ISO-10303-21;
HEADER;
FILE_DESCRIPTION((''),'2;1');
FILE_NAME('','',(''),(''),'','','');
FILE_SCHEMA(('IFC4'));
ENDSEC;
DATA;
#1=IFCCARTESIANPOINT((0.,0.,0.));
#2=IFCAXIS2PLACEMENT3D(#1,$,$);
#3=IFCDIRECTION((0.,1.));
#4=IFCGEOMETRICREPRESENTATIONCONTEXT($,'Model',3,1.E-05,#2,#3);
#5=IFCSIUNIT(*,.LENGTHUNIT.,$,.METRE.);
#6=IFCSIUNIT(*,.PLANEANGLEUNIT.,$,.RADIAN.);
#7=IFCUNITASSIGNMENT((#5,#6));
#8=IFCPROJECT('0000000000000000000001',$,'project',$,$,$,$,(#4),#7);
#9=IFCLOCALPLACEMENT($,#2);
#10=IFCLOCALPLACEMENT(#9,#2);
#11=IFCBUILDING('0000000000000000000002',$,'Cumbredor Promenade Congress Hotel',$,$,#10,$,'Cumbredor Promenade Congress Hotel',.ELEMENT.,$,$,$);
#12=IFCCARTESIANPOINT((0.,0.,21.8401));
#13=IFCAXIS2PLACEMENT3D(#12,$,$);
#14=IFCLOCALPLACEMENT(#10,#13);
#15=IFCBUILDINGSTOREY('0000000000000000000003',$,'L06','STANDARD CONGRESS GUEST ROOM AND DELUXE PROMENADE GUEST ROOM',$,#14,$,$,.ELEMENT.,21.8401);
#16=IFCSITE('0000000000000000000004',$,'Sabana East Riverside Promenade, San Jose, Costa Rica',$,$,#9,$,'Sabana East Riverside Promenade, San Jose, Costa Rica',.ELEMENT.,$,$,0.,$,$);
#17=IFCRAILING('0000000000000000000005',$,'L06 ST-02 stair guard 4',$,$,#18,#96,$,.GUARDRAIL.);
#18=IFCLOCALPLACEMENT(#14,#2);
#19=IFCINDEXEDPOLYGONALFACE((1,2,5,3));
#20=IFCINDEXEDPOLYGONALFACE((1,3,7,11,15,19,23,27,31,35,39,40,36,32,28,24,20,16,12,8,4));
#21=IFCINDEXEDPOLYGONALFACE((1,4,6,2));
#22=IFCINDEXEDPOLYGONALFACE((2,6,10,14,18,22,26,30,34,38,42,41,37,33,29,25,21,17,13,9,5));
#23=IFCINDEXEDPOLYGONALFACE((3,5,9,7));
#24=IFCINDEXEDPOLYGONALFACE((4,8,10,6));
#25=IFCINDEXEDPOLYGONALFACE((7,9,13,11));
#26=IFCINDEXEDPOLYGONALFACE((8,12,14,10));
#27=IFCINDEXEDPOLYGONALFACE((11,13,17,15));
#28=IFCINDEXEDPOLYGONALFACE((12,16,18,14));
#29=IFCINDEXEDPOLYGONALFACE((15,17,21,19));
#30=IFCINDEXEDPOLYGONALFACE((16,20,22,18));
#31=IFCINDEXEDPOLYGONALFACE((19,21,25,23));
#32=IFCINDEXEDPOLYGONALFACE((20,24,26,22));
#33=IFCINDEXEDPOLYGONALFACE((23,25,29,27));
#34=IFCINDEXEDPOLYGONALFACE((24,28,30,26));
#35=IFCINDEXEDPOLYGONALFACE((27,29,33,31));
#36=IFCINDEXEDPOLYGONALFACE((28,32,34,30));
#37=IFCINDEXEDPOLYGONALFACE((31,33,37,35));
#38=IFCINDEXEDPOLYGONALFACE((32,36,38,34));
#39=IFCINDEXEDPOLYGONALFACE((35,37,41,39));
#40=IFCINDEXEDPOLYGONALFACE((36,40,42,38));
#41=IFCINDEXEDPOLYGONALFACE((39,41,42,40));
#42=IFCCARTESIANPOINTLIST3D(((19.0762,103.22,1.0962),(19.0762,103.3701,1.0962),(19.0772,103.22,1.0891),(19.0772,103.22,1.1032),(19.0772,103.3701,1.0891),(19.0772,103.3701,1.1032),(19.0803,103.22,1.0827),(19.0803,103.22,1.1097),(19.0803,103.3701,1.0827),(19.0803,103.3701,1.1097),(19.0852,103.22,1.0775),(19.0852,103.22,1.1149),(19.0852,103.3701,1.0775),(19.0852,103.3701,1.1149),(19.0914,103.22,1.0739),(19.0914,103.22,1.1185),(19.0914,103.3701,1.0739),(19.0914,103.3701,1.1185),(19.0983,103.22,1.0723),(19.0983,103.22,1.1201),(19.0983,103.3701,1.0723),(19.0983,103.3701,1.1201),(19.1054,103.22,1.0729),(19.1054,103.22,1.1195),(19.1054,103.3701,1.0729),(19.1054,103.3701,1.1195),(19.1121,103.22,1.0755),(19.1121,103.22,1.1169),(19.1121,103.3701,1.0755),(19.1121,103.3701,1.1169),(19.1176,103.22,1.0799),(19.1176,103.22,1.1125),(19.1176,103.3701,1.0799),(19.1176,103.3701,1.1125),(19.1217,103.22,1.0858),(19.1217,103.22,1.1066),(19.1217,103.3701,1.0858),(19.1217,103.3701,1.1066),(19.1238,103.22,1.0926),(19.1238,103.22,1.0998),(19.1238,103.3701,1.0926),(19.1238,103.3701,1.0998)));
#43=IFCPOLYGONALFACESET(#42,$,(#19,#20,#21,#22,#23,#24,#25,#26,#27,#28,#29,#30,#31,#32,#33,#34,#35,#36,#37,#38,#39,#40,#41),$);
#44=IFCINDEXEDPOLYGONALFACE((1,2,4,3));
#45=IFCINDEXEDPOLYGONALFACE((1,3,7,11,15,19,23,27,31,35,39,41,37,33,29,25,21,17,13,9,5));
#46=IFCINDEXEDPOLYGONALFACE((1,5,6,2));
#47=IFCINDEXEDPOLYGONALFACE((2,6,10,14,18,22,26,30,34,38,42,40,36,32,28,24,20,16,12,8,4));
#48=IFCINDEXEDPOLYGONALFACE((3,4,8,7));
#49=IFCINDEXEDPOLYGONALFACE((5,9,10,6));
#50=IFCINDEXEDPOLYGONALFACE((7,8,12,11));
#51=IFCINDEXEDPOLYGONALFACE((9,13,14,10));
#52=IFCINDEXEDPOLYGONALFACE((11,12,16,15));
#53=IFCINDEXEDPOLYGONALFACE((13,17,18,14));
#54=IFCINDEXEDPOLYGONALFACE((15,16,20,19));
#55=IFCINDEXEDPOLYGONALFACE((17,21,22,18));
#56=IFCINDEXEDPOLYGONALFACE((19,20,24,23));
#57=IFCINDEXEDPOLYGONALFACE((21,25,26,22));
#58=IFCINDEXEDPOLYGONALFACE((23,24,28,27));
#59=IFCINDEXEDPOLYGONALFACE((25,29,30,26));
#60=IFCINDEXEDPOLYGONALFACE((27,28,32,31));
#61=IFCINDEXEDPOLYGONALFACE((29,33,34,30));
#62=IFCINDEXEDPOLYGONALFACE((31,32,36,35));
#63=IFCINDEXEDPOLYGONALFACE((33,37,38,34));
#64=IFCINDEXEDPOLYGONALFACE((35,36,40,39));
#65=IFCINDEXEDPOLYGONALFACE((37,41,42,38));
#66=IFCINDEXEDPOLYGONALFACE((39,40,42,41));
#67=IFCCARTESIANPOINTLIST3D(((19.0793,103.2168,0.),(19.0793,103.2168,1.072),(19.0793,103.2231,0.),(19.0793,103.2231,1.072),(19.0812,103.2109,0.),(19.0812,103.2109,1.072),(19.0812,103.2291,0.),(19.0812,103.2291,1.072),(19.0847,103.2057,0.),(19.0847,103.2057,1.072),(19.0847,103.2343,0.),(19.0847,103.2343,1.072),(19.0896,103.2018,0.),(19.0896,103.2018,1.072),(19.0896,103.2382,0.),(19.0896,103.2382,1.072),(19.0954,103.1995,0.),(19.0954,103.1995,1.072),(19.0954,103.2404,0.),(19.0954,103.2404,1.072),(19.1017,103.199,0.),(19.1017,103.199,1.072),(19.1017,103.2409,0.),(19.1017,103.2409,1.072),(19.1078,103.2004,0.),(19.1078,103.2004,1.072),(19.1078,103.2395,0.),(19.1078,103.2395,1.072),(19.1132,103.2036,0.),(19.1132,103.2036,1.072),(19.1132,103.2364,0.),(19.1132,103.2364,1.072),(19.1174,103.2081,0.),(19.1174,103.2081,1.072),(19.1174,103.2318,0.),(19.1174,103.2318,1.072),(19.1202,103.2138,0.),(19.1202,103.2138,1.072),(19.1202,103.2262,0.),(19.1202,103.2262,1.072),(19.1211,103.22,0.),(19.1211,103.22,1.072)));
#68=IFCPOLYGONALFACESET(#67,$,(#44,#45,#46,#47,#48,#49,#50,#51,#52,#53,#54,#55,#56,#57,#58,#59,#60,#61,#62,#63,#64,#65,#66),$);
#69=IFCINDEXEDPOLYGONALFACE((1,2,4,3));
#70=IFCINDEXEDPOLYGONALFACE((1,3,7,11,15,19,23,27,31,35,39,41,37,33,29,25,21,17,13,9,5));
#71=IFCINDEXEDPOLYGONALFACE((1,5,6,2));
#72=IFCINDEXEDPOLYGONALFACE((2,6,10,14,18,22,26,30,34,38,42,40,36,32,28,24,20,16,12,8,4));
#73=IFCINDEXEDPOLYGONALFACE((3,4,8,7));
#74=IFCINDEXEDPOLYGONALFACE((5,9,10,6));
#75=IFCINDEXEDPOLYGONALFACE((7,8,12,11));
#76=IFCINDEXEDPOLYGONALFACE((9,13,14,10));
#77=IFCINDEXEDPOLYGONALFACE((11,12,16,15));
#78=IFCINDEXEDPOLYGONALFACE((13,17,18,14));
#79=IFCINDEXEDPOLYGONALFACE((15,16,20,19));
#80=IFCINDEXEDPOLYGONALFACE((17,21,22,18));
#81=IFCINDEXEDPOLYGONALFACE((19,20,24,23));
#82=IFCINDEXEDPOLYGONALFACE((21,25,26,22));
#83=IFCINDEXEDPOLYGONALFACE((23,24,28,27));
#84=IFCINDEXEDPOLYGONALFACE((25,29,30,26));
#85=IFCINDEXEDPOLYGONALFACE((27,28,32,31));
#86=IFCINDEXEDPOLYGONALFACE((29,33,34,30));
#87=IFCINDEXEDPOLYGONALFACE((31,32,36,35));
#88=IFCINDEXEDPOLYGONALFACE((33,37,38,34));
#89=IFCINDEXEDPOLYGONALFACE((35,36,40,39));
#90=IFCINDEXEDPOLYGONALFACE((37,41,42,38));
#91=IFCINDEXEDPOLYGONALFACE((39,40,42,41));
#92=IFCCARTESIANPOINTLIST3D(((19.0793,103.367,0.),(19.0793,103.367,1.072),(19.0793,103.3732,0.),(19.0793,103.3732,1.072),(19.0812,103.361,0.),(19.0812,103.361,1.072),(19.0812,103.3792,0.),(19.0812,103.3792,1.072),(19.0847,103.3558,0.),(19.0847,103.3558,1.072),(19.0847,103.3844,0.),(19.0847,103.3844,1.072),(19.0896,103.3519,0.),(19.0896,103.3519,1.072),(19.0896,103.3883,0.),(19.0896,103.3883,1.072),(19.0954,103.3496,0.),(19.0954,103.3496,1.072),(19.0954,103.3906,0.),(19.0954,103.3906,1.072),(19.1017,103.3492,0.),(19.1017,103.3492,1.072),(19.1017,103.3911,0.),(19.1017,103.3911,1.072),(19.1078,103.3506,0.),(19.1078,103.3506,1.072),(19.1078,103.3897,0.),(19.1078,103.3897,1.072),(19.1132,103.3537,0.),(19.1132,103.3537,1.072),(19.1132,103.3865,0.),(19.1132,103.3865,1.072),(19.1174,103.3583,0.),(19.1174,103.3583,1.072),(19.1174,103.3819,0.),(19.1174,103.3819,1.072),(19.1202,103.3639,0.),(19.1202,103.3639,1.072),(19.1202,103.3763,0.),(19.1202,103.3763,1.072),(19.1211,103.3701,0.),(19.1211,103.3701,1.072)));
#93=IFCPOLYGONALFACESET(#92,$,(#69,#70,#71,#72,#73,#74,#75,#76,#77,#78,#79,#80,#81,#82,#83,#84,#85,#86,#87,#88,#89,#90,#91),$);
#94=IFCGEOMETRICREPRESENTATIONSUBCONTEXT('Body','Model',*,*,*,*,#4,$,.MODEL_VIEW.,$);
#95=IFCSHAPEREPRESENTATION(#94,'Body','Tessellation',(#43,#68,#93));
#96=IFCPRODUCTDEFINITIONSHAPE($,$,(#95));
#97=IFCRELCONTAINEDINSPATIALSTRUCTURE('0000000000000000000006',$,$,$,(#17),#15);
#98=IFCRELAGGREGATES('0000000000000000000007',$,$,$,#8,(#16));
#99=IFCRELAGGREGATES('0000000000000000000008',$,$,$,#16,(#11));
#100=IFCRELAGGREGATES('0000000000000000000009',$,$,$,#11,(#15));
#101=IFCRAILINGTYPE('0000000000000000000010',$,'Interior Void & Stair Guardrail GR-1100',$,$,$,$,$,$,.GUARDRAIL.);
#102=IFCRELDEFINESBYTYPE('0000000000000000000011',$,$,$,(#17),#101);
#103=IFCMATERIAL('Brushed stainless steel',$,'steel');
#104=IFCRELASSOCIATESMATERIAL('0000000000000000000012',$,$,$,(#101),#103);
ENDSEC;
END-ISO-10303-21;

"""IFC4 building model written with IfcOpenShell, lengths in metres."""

from ifc_helpers import new_model, si_unit, direction, frame, origin, origin_2d, place, context, subcontext, project, spatial, circle, extrude, material, type_object, element, save


model = new_model("IFC4")

# Units and contexts
model_context = context("Model", 3, precision=1e-05, world=origin(), true_north=direction((0.0, 1.0)))
body_context = subcontext(model_context, "Body", "Model", "MODEL_VIEW")
ifc_project = project(units=[si_unit("LENGTHUNIT", "METRE"), si_unit("PLANEANGLEUNIT", "RADIAN")], contexts=[model_context])

# Site, building, storey
site_placement = place(None, origin())
site = spatial("IfcSite", under=ifc_project, at=site_placement, Name="Sabana East Riverside Promenade, San Jose, Costa Rica", LongName="Sabana East Riverside Promenade, San Jose, Costa Rica", CompositionType="ELEMENT", RefElevation=0.0)
building_placement = place(site_placement, origin())
building = spatial("IfcBuilding", under=site, at=building_placement, Name="Cumbredor Promenade Congress Hotel", LongName="Cumbredor Promenade Congress Hotel", CompositionType="ELEMENT")
storey_placement = place(building_placement, frame((0.0, 0.0, 21.8401)))
storey = spatial("IfcBuildingStorey", under=building, at=storey_placement, Name="L06", Description="STANDARD CONGRESS GUEST ROOM AND DELUXE PROMENADE GUEST ROOM", CompositionType="ELEMENT", Elevation=21.8401)

# Railing
ifc_material_1 = material(Name="Brushed stainless steel", Category="steel")
railing_type_1 = type_object("IfcRailingType", Name="Interior Void & Stair Guardrail GR-1100", PredefinedType="GUARDRAIL", material=ifc_material_1)
railing_1_placement = place(storey_placement, frame((19.1001, 103.22, 0.0)))
element("IfcRailing", 1, at=railing_1_placement, inside=storey, type_object=railing_type_1, Name="L06 ST-02 stair guard 4", PredefinedType="GUARDRAIL", context=body_context, shape_type="SweptSolid", body=[
    extrude(circle(Radius=0.0239, at=origin_2d()), frame((0.0, 0.0, 1.0962), z_axis=(0.0, 1.0, 0.0), x_axis=(-1.0, 0.0, 0.0)), (0.0, 0.0, 1.0), 0.1501),
    extrude(circle(Radius=0.021, at=origin_2d()), origin(), (0.0, 0.0, 1.0), 1.072),
    extrude(circle(Radius=0.021, at=origin_2d()), frame((0.0, 0.1501, 0.0)), (0.0, 0.0, 1.0), 1.072),
])

save(model, "model.ifc")
